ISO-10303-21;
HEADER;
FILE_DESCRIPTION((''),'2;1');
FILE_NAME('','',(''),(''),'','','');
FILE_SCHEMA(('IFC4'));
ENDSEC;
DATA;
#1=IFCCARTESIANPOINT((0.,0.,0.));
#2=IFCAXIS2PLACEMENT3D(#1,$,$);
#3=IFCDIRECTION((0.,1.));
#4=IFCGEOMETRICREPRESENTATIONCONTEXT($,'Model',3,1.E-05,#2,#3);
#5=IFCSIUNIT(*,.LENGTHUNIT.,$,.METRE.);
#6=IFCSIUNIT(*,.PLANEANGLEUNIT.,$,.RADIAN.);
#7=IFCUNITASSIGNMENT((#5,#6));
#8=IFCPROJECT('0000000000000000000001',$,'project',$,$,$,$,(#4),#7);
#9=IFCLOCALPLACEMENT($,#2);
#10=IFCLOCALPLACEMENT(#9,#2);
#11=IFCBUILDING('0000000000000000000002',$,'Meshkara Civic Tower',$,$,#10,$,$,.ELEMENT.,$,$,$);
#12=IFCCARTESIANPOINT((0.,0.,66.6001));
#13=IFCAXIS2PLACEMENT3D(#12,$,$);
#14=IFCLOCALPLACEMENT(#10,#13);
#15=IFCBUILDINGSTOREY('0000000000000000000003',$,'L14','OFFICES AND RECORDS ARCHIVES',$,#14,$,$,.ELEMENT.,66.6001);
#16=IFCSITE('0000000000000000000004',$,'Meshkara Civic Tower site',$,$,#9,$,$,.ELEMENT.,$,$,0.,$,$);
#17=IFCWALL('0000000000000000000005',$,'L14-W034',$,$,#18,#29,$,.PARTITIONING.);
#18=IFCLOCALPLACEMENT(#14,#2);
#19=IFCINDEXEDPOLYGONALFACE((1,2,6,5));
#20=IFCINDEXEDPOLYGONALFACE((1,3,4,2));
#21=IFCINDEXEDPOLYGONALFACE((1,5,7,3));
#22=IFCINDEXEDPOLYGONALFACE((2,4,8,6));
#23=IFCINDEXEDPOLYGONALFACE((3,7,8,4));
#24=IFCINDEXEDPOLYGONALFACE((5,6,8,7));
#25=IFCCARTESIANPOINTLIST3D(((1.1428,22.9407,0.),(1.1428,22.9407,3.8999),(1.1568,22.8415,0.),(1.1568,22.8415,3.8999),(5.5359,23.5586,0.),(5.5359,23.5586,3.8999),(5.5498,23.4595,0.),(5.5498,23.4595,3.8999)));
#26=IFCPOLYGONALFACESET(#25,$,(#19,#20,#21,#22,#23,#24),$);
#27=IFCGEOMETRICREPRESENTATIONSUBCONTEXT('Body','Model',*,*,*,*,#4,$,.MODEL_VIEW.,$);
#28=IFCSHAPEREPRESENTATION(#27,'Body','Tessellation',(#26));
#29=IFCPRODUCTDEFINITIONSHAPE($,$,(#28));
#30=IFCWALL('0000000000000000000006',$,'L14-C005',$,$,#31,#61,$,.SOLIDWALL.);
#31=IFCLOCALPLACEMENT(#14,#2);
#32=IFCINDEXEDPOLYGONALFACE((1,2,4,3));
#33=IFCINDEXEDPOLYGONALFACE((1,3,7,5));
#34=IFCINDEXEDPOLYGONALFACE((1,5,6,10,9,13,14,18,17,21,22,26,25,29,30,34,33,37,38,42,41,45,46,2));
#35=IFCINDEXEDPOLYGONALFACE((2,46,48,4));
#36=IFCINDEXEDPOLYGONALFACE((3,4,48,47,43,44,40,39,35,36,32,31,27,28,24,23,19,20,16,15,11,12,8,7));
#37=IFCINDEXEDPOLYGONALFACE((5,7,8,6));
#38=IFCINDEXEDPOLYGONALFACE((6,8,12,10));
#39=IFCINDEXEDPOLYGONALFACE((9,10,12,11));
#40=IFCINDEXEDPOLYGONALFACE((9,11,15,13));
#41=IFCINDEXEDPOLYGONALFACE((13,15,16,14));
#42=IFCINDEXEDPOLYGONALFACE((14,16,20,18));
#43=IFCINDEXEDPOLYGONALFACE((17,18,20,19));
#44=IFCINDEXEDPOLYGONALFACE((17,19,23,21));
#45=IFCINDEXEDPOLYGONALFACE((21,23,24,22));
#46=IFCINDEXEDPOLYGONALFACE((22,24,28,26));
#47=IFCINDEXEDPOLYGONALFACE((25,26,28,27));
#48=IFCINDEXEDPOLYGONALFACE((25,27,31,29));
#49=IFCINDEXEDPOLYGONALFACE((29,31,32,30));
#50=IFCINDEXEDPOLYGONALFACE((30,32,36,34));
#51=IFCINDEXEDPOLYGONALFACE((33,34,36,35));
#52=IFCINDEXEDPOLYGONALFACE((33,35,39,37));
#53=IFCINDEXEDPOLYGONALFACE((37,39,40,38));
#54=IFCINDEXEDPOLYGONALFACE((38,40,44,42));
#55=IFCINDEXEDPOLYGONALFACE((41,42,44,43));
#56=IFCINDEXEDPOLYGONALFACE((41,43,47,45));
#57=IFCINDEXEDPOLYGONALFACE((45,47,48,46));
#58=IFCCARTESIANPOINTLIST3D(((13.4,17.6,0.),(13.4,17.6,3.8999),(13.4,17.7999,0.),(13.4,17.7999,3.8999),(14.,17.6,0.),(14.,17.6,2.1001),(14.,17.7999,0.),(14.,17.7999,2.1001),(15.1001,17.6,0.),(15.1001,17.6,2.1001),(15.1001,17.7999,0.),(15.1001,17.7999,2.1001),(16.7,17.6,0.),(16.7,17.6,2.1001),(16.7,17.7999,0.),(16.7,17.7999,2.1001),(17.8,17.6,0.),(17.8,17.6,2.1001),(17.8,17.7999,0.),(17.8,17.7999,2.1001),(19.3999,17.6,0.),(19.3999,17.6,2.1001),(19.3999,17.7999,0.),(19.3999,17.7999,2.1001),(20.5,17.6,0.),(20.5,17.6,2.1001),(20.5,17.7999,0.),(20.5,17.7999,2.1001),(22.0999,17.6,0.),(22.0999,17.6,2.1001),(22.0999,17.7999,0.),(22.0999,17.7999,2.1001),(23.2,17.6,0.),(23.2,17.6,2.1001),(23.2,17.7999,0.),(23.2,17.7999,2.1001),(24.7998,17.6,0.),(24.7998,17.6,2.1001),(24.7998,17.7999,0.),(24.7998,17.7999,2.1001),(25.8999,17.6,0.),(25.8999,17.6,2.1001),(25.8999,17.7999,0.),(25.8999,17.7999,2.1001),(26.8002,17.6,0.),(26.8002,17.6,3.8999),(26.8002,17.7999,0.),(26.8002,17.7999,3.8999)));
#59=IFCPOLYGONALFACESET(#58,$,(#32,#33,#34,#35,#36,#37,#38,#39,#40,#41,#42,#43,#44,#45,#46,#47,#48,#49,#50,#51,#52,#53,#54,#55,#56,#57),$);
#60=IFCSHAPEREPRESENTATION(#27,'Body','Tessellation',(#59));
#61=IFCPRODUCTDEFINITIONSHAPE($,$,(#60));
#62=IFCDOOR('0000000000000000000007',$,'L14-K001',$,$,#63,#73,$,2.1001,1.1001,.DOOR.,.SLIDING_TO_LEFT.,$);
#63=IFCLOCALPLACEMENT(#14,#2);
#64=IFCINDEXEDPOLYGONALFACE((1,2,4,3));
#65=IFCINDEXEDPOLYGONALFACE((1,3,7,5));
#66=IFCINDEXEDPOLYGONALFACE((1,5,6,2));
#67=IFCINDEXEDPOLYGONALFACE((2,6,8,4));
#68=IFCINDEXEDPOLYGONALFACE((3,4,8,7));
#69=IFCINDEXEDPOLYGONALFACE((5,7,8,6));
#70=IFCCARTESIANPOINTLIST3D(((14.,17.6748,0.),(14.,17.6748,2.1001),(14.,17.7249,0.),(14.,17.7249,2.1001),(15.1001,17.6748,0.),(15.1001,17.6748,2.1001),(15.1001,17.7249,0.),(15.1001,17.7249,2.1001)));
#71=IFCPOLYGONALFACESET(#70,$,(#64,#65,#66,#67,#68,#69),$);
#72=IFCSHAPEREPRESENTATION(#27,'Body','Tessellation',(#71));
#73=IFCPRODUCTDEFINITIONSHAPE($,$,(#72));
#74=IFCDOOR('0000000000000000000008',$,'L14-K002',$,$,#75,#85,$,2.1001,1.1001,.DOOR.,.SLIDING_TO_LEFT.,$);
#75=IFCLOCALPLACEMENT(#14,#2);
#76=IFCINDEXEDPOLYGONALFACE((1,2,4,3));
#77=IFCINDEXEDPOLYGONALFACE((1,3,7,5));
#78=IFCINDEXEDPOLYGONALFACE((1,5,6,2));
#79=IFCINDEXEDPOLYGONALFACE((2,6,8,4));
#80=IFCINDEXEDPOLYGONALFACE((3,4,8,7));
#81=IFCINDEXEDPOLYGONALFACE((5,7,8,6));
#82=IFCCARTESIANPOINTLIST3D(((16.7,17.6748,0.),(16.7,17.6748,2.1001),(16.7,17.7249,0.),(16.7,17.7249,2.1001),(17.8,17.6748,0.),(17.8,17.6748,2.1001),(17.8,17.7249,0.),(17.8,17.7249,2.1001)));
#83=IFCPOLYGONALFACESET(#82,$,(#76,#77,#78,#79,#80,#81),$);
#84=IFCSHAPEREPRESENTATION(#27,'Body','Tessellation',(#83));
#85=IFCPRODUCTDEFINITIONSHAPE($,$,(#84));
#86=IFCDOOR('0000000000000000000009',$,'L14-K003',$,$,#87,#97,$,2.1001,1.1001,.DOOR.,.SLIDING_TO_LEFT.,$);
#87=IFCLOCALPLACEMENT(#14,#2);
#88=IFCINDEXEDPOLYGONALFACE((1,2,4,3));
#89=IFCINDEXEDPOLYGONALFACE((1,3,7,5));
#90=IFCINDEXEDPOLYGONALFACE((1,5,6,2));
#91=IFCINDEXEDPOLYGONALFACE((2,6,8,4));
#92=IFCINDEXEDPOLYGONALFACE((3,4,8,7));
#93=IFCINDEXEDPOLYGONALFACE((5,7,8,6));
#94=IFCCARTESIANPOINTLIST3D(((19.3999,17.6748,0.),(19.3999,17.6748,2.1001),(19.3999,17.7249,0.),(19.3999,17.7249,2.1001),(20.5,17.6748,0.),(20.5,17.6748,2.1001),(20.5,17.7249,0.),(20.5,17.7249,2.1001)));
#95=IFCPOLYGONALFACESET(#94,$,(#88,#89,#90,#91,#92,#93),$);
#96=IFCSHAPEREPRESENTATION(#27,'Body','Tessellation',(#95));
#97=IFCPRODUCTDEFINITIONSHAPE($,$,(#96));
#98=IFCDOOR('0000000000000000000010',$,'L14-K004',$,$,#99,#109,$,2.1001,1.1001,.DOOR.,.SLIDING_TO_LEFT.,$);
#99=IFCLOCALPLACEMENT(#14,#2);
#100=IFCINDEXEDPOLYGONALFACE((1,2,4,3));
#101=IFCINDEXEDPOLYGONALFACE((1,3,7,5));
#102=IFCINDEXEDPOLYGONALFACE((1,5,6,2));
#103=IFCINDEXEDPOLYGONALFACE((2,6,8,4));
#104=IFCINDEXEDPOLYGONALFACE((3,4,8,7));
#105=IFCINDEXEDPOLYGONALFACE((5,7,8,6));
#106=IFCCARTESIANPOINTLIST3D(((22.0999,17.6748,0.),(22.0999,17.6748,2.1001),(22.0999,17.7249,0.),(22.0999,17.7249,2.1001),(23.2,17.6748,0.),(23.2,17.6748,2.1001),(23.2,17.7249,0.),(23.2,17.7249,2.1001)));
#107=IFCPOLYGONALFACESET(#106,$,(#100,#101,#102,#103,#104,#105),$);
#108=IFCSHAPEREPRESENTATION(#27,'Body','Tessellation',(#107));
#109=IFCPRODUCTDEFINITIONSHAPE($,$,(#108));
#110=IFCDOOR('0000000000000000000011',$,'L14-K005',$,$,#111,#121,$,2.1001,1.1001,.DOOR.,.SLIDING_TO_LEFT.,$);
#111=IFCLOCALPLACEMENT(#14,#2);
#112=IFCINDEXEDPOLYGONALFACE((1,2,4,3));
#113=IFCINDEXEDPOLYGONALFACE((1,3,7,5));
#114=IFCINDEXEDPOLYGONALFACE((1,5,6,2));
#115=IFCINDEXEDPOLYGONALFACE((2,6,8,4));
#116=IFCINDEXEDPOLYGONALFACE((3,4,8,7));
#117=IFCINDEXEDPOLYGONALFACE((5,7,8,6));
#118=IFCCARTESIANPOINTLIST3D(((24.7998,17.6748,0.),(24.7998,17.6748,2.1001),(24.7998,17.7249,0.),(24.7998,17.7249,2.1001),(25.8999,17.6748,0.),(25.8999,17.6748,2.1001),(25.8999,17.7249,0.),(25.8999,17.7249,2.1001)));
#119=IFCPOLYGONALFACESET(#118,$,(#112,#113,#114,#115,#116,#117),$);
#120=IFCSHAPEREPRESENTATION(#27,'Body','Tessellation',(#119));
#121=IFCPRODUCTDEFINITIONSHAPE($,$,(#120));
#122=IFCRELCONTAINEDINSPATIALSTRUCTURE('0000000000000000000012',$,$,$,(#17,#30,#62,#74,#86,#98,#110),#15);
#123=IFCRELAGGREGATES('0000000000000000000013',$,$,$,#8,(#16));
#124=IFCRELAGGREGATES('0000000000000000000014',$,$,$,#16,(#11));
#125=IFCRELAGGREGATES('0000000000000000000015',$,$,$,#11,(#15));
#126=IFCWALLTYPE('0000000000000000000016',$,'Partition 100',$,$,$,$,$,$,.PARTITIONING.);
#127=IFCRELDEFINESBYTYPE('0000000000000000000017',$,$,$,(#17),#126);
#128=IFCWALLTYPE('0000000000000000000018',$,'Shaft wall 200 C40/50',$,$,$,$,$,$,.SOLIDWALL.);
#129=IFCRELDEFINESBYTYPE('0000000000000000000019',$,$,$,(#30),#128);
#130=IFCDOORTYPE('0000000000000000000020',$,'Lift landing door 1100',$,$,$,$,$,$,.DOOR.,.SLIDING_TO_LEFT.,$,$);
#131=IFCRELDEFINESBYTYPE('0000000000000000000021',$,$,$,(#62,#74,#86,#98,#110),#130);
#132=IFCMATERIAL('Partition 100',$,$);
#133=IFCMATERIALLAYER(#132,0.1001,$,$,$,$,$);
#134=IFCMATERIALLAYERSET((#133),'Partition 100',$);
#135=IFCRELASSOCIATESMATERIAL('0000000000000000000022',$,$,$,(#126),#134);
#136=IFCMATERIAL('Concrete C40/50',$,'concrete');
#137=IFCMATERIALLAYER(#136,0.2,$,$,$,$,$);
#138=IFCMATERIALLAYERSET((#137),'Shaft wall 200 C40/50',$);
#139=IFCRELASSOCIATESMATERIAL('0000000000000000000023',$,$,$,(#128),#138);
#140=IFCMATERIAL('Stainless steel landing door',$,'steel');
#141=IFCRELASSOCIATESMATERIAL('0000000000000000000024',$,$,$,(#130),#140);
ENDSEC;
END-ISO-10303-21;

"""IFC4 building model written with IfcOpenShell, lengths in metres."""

from ifc_helpers import new_model, si_unit, direction, frame, frame_2d, origin, place, context, subcontext, project, spatial, rectangle, extrude, material, layer, layer_set, type_object, element, fill, save


model = new_model("IFC4")

# Units and contexts
model_context = context("Model", 3, precision=1e-05, world=origin(), true_north=direction((0.0, 1.0)))
body_context = subcontext(model_context, "Body", "Model", "MODEL_VIEW")
ifc_project = project(units=[si_unit("LENGTHUNIT", "METRE"), si_unit("PLANEANGLEUNIT", "RADIAN")], contexts=[model_context])

# Site, building, storey
site_placement = place(None, origin())
site = spatial("IfcSite", under=ifc_project, at=site_placement, Name="Meshkara Civic Tower site", CompositionType="ELEMENT", RefElevation=0.0)
building_placement = place(site_placement, origin())
building = spatial("IfcBuilding", under=site, at=building_placement, Name="Meshkara Civic Tower", CompositionType="ELEMENT")
storey_placement = place(building_placement, frame((0.0, 0.0, 66.6001)))
storey = spatial("IfcBuildingStorey", under=building, at=storey_placement, Name="L14", Description="OFFICES AND RECORDS ARCHIVES", CompositionType="ELEMENT", Elevation=66.6001)

# Wall
ifc_material_1 = material(Name="Partition 100")
ifc_layer_1 = layer(ifc_material_1, 0.1001)
ifc_layer_set_1 = layer_set([ifc_layer_1], Name="Partition 100")
wall_type_1 = type_object("IfcWallType", Name="Partition 100", PredefinedType="PARTITIONING", material=ifc_layer_set_1)
wall_1_placement = place(storey_placement, frame((5.543, 23.509, 0.0), z_axis=(0.0, 0.0, 1.0), x_axis=(-0.990252, -0.139287, 0.0)))
element("IfcWall", 1, at=wall_1_placement, inside=storey, type_object=wall_type_1, Name="L14-W034", PredefinedType="PARTITIONING", context=body_context, shape_type="SweptSolid", body=[
    extrude(rectangle(XDim=4.4363, YDim=0.1001, at=frame_2d((2.2183, 0.0))), origin(), (0.0, 0.0, 1.0), 3.8999),
])

# Wall, openings, doors
ifc_material_2 = material(Name="Concrete C40/50", Category="concrete")
ifc_layer_2 = layer(ifc_material_2, 0.2)
ifc_layer_set_2 = layer_set([ifc_layer_2], Name="Shaft wall 200 C40/50")
wall_type_2 = type_object("IfcWallType", Name="Shaft wall 200 C40/50", PredefinedType="SOLIDWALL", material=ifc_layer_set_2)
wall_2_placement = place(storey_placement, frame((13.3999, 17.7, 0.0), z_axis=(0.0, 0.0, 1.0), x_axis=(1.0, 0.0, 0.0)))
wall_2 = element("IfcWall", 2, at=wall_2_placement, inside=storey, type_object=wall_type_2, Name="L14-C005", PredefinedType="SOLIDWALL", context=body_context, shape_type="SweptSolid", body=[
    extrude(rectangle(XDim=13.4001, YDim=0.2, at=frame_2d((6.7002, 0.0))), origin(), (0.0, 0.0, 1.0), 3.8999),
])
opening_1_placement = place(wall_2_placement, frame((0.6001, 0.0, 0.0)))
opening_1 = element("IfcOpeningElement", 3, at=opening_1_placement, cuts=wall_2, PredefinedType="OPENING", context=body_context, shape_type="SweptSolid", body=[
    extrude(rectangle(XDim=1.1001, YDim=2.1001, at=frame_2d((0.55, 1.05))), frame((0.0, 0.1099, 0.0), z_axis=(0.0, -1.0, 0.0), x_axis=(1.0, 0.0, 0.0)), (0.0, 0.0, 1.0), 0.22),
])
opening_2_placement = place(wall_2_placement, frame((3.3, 0.0, 0.0)))
opening_2 = element("IfcOpeningElement", 4, at=opening_2_placement, cuts=wall_2, PredefinedType="OPENING", context=body_context, shape_type="SweptSolid", body=[
    extrude(rectangle(XDim=1.1001, YDim=2.1001, at=frame_2d((0.55, 1.05))), frame((0.0, 0.1099, 0.0), z_axis=(0.0, -1.0, 0.0), x_axis=(1.0, 0.0, 0.0)), (0.0, 0.0, 1.0), 0.22),
])
opening_3_placement = place(wall_2_placement, frame((6.0, 0.0, 0.0)))
opening_3 = element("IfcOpeningElement", 5, at=opening_3_placement, cuts=wall_2, PredefinedType="OPENING", context=body_context, shape_type="SweptSolid", body=[
    extrude(rectangle(XDim=1.1001, YDim=2.1001, at=frame_2d((0.55, 1.05))), frame((0.0, 0.1099, 0.0), z_axis=(0.0, -1.0, 0.0), x_axis=(1.0, 0.0, 0.0)), (0.0, 0.0, 1.0), 0.22),
])
opening_4_placement = place(wall_2_placement, frame((8.7, 0.0, 0.0)))
opening_4 = element("IfcOpeningElement", 6, at=opening_4_placement, cuts=wall_2, PredefinedType="OPENING", context=body_context, shape_type="SweptSolid", body=[
    extrude(rectangle(XDim=1.1001, YDim=2.1001, at=frame_2d((0.55, 1.05))), frame((0.0, 0.1099, 0.0), z_axis=(0.0, -1.0, 0.0), x_axis=(1.0, 0.0, 0.0)), (0.0, 0.0, 1.0), 0.22),
])
opening_5_placement = place(wall_2_placement, frame((11.3999, 0.0, 0.0)))
opening_5 = element("IfcOpeningElement", 7, at=opening_5_placement, cuts=wall_2, PredefinedType="OPENING", context=body_context, shape_type="SweptSolid", body=[
    extrude(rectangle(XDim=1.1001, YDim=2.1001, at=frame_2d((0.55, 1.05))), frame((0.0, 0.1099, 0.0), z_axis=(0.0, -1.0, 0.0), x_axis=(1.0, 0.0, 0.0)), (0.0, 0.0, 1.0), 0.22),
])
ifc_material_3 = material(Name="Stainless steel landing door", Category="steel")
door_type_1 = type_object("IfcDoorType", Name="Lift landing door 1100", OperationType="SLIDING_TO_LEFT", PredefinedType="DOOR", material=ifc_material_3)
door_1_placement = place(opening_1_placement, origin())
door_1 = element("IfcDoor", 8, at=door_1_placement, inside=storey, type_object=door_type_1, Name="L14-K001", OperationType="SLIDING_TO_LEFT", OverallHeight=2.1001, OverallWidth=1.1001, PredefinedType="DOOR", context=body_context, shape_type="SweptSolid", body=[
    extrude(rectangle(XDim=1.1001, YDim=2.1001, at=frame_2d((0.55, 1.05))), frame((0.0, 0.0249, 0.0), z_axis=(0.0, -1.0, 0.0), x_axis=(1.0, 0.0, 0.0)), (0.0, 0.0, 1.0), 0.05),
])
fill(opening_1, door_1)
door_2_placement = place(opening_2_placement, origin())
door_2 = element("IfcDoor", 9, at=door_2_placement, inside=storey, type_object=door_type_1, Name="L14-K002", OperationType="SLIDING_TO_LEFT", OverallHeight=2.1001, OverallWidth=1.1001, PredefinedType="DOOR", context=body_context, shape_type="SweptSolid", body=[
    extrude(rectangle(XDim=1.1001, YDim=2.1001, at=frame_2d((0.55, 1.05))), frame((0.0, 0.0249, 0.0), z_axis=(0.0, -1.0, 0.0), x_axis=(1.0, 0.0, 0.0)), (0.0, 0.0, 1.0), 0.05),
])
fill(opening_2, door_2)
door_3_placement = place(opening_3_placement, origin())
door_3 = element("IfcDoor", 10, at=door_3_placement, inside=storey, type_object=door_type_1, Name="L14-K003", OperationType="SLIDING_TO_LEFT", OverallHeight=2.1001, OverallWidth=1.1001, PredefinedType="DOOR", context=body_context, shape_type="SweptSolid", body=[
    extrude(rectangle(XDim=1.1001, YDim=2.1001, at=frame_2d((0.55, 1.05))), frame((0.0, 0.0249, 0.0), z_axis=(0.0, -1.0, 0.0), x_axis=(1.0, 0.0, 0.0)), (0.0, 0.0, 1.0), 0.05),
])
fill(opening_3, door_3)
door_4_placement = place(opening_4_placement, origin())
door_4 = element("IfcDoor", 11, at=door_4_placement, inside=storey, type_object=door_type_1, Name="L14-K004", OperationType="SLIDING_TO_LEFT", OverallHeight=2.1001, OverallWidth=1.1001, PredefinedType="DOOR", context=body_context, shape_type="SweptSolid", body=[
    extrude(rectangle(XDim=1.1001, YDim=2.1001, at=frame_2d((0.55, 1.05))), frame((0.0, 0.0249, 0.0), z_axis=(0.0, -1.0, 0.0), x_axis=(1.0, 0.0, 0.0)), (0.0, 0.0, 1.0), 0.05),
])
fill(opening_4, door_4)
door_5_placement = place(opening_5_placement, origin())
door_5 = element("IfcDoor", 12, at=door_5_placement, inside=storey, type_object=door_type_1, Name="L14-K005", OperationType="SLIDING_TO_LEFT", OverallHeight=2.1001, OverallWidth=1.1001, PredefinedType="DOOR", context=body_context, shape_type="SweptSolid", body=[
    extrude(rectangle(XDim=1.1001, YDim=2.1001, at=frame_2d((0.55, 1.05))), frame((0.0, 0.0249, 0.0), z_axis=(0.0, -1.0, 0.0), x_axis=(1.0, 0.0, 0.0)), (0.0, 0.0, 1.0), 0.05),
])
fill(opening_5, door_5)

save(model, "model.ifc")
